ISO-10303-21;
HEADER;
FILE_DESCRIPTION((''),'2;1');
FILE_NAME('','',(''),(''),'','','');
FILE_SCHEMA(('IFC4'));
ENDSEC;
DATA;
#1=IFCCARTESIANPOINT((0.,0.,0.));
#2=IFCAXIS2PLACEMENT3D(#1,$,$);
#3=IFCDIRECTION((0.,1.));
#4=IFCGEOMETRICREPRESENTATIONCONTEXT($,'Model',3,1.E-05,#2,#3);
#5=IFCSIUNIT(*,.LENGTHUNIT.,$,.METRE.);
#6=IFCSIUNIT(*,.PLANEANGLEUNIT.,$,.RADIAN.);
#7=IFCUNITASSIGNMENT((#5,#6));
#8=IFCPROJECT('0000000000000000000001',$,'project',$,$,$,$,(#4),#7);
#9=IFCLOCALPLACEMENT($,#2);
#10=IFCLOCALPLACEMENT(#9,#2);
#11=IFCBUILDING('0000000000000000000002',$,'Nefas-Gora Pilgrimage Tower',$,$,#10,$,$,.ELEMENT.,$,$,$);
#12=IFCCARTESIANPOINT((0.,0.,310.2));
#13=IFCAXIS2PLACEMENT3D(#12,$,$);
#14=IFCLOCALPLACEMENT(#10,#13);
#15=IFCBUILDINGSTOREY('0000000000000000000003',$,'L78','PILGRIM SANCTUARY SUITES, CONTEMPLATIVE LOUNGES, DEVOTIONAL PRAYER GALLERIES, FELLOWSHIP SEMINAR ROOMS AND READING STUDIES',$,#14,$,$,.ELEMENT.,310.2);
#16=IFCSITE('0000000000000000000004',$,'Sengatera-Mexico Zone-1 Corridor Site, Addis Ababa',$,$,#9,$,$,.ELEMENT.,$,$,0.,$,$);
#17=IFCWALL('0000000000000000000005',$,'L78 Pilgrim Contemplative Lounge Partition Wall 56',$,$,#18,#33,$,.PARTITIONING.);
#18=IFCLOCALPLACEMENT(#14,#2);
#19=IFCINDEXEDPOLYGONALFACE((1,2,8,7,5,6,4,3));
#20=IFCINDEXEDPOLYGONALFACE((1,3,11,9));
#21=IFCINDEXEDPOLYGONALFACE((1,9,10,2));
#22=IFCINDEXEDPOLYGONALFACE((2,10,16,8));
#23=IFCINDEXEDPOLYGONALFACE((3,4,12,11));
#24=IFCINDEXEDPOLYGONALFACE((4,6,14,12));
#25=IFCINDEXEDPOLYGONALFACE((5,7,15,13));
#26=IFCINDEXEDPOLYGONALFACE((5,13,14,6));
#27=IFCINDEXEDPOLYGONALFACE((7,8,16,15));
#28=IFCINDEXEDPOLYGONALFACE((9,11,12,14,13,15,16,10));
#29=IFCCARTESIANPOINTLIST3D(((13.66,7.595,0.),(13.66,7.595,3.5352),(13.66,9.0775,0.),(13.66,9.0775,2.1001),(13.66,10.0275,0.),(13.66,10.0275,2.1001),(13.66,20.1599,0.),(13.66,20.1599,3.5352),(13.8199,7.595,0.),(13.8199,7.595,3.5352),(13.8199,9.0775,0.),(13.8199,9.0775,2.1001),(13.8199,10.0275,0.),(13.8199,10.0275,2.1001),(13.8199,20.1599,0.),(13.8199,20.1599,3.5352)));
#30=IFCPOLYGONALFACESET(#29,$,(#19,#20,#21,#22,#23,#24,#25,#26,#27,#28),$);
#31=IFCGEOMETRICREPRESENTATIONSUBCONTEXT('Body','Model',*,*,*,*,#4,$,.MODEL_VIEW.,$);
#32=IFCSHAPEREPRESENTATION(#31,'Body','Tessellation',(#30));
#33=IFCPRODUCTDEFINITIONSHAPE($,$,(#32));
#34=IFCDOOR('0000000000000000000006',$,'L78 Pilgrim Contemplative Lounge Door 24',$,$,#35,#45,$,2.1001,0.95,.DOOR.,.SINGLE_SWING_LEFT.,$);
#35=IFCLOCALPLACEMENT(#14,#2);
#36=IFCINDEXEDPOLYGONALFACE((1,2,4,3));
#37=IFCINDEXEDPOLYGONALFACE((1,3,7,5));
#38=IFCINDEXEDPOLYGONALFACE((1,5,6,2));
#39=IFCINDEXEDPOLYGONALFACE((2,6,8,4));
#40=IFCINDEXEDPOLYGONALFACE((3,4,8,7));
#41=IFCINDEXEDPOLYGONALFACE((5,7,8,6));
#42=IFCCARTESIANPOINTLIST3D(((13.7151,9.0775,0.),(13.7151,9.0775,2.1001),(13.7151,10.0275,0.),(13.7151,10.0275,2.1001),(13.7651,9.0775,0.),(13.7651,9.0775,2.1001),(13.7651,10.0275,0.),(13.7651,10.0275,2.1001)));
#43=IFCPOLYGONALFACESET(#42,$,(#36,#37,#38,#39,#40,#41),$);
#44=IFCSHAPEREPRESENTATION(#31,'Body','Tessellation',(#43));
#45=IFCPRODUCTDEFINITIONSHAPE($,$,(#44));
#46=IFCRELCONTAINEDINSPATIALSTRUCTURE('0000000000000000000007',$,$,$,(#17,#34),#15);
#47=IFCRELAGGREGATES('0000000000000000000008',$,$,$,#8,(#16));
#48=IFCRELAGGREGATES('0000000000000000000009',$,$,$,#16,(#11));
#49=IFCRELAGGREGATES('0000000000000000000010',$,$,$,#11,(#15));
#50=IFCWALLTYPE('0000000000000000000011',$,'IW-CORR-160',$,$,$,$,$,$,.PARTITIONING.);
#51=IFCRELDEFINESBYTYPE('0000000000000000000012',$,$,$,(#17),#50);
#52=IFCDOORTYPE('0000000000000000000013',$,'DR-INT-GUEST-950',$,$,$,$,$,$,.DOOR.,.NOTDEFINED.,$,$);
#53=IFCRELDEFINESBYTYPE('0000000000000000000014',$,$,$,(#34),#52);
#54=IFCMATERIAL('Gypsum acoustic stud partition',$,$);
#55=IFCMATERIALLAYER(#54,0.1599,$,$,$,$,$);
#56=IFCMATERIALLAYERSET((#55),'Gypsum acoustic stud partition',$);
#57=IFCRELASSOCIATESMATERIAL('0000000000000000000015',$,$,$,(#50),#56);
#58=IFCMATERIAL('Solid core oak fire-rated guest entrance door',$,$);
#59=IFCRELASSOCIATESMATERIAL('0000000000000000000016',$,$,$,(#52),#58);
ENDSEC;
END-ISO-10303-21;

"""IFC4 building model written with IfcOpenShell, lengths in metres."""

from ifc_helpers import new_model, si_unit, direction, frame, frame_2d, origin, place, context, subcontext, project, spatial, rectangle, extrude, source, transform, mapped, material, layer, layer_set, type_object, element, fill, save


model = new_model("IFC4")

# Units and contexts
model_context = context("Model", 3, precision=1e-05, world=origin(), true_north=direction((0.0, 1.0)))
body_context = subcontext(model_context, "Body", "Model", "MODEL_VIEW")
ifc_project = project(units=[si_unit("LENGTHUNIT", "METRE"), si_unit("PLANEANGLEUNIT", "RADIAN")], contexts=[model_context])

# Site, building, storey
site_placement = place(None, origin())
site = spatial("IfcSite", under=ifc_project, at=site_placement, Name="Sengatera-Mexico Zone-1 Corridor Site, Addis Ababa", CompositionType="ELEMENT", RefElevation=0.0)
building_placement = place(site_placement, origin())
building = spatial("IfcBuilding", under=site, at=building_placement, Name="Nefas-Gora Pilgrimage Tower", CompositionType="ELEMENT")
storey_placement = place(building_placement, frame((0.0, 0.0, 310.2)))
storey = spatial("IfcBuildingStorey", under=building, at=storey_placement, Name="L78", Description="PILGRIM SANCTUARY SUITES, CONTEMPLATIVE LOUNGES, DEVOTIONAL PRAYER GALLERIES, FELLOWSHIP SEMINAR ROOMS AND READING STUDIES", CompositionType="ELEMENT", Elevation=310.2)

# Wall, opening, door
ifc_material_1 = material(Name="Gypsum acoustic stud partition")
ifc_layer_1 = layer(ifc_material_1, 0.1599)
ifc_layer_set_1 = layer_set([ifc_layer_1], Name="Gypsum acoustic stud partition")
wall_type_1 = type_object("IfcWallType", Name="IW-CORR-160", PredefinedType="PARTITIONING", material=ifc_layer_set_1)
shared_shape_1 = source(origin(), body_context, "Body", "SweptSolid", [
    extrude(rectangle(XDim=12.5649, YDim=0.1599, at=frame_2d((6.2825, 0.0))), origin(), (0.0, 0.0, 1.0), 3.5352),
])
wall_1_placement = place(storey_placement, frame((13.74, 7.595, 0.0), z_axis=(0.0, 0.0, 1.0), x_axis=(0.0, 1.0, 0.0)))
wall_1 = element("IfcWall", 1, at=wall_1_placement, inside=storey, type_object=wall_type_1, Name="L78 Pilgrim Contemplative Lounge Partition Wall 56", PredefinedType="PARTITIONING", context=body_context, shape_type="MappedRepresentation", body=[
    mapped(shared_shape_1, transform((0.0, 0.0, 0.0), x_axis=(1.0, 0.0, 0.0), y_axis=(0.0, 1.0, 0.0), z_axis=(0.0, 0.0, 1.0), scale=1.0)),
])
opening_placement = place(wall_1_placement, frame((1.4824, 0.0, 0.0)))
opening = element("IfcOpeningElement", 2, at=opening_placement, cuts=wall_1, PredefinedType="OPENING", context=body_context, shape_type="SweptSolid", body=[
    extrude(rectangle(XDim=0.95, YDim=2.1001, at=frame_2d((0.4751, 1.05))), frame((0.0, 0.0898, 0.0), z_axis=(0.0, -1.0, 0.0), x_axis=(1.0, 0.0, 0.0)), (0.0, 0.0, 1.0), 0.1799),
])
ifc_material_2 = material(Name="Solid core oak fire-rated guest entrance door")
door_type = type_object("IfcDoorType", Name="DR-INT-GUEST-950", OperationType="NOTDEFINED", PredefinedType="DOOR", material=ifc_material_2)
shared_shape_2 = source(origin(), body_context, "Body", "SweptSolid", [
    extrude(rectangle(XDim=0.95, YDim=2.1001, at=frame_2d((0.4751, 1.05))), frame((0.0, 0.0249, 0.0), z_axis=(0.0, -1.0, 0.0), x_axis=(1.0, 0.0, 0.0)), (0.0, 0.0, 1.0), 0.05),
])
door_placement = place(opening_placement, origin())
door = element("IfcDoor", 3, at=door_placement, inside=storey, type_object=door_type, Name="L78 Pilgrim Contemplative Lounge Door 24", OperationType="SINGLE_SWING_LEFT", OverallHeight=2.1001, OverallWidth=0.95, PredefinedType="DOOR", context=body_context, shape_type="MappedRepresentation", body=[
    mapped(shared_shape_2, transform((0.0, 0.0, 0.0), x_axis=(1.0, 0.0, 0.0), y_axis=(0.0, 1.0, 0.0), z_axis=(0.0, 0.0, 1.0), scale=1.0)),
])
fill(opening, door)

save(model, "model.ifc")
